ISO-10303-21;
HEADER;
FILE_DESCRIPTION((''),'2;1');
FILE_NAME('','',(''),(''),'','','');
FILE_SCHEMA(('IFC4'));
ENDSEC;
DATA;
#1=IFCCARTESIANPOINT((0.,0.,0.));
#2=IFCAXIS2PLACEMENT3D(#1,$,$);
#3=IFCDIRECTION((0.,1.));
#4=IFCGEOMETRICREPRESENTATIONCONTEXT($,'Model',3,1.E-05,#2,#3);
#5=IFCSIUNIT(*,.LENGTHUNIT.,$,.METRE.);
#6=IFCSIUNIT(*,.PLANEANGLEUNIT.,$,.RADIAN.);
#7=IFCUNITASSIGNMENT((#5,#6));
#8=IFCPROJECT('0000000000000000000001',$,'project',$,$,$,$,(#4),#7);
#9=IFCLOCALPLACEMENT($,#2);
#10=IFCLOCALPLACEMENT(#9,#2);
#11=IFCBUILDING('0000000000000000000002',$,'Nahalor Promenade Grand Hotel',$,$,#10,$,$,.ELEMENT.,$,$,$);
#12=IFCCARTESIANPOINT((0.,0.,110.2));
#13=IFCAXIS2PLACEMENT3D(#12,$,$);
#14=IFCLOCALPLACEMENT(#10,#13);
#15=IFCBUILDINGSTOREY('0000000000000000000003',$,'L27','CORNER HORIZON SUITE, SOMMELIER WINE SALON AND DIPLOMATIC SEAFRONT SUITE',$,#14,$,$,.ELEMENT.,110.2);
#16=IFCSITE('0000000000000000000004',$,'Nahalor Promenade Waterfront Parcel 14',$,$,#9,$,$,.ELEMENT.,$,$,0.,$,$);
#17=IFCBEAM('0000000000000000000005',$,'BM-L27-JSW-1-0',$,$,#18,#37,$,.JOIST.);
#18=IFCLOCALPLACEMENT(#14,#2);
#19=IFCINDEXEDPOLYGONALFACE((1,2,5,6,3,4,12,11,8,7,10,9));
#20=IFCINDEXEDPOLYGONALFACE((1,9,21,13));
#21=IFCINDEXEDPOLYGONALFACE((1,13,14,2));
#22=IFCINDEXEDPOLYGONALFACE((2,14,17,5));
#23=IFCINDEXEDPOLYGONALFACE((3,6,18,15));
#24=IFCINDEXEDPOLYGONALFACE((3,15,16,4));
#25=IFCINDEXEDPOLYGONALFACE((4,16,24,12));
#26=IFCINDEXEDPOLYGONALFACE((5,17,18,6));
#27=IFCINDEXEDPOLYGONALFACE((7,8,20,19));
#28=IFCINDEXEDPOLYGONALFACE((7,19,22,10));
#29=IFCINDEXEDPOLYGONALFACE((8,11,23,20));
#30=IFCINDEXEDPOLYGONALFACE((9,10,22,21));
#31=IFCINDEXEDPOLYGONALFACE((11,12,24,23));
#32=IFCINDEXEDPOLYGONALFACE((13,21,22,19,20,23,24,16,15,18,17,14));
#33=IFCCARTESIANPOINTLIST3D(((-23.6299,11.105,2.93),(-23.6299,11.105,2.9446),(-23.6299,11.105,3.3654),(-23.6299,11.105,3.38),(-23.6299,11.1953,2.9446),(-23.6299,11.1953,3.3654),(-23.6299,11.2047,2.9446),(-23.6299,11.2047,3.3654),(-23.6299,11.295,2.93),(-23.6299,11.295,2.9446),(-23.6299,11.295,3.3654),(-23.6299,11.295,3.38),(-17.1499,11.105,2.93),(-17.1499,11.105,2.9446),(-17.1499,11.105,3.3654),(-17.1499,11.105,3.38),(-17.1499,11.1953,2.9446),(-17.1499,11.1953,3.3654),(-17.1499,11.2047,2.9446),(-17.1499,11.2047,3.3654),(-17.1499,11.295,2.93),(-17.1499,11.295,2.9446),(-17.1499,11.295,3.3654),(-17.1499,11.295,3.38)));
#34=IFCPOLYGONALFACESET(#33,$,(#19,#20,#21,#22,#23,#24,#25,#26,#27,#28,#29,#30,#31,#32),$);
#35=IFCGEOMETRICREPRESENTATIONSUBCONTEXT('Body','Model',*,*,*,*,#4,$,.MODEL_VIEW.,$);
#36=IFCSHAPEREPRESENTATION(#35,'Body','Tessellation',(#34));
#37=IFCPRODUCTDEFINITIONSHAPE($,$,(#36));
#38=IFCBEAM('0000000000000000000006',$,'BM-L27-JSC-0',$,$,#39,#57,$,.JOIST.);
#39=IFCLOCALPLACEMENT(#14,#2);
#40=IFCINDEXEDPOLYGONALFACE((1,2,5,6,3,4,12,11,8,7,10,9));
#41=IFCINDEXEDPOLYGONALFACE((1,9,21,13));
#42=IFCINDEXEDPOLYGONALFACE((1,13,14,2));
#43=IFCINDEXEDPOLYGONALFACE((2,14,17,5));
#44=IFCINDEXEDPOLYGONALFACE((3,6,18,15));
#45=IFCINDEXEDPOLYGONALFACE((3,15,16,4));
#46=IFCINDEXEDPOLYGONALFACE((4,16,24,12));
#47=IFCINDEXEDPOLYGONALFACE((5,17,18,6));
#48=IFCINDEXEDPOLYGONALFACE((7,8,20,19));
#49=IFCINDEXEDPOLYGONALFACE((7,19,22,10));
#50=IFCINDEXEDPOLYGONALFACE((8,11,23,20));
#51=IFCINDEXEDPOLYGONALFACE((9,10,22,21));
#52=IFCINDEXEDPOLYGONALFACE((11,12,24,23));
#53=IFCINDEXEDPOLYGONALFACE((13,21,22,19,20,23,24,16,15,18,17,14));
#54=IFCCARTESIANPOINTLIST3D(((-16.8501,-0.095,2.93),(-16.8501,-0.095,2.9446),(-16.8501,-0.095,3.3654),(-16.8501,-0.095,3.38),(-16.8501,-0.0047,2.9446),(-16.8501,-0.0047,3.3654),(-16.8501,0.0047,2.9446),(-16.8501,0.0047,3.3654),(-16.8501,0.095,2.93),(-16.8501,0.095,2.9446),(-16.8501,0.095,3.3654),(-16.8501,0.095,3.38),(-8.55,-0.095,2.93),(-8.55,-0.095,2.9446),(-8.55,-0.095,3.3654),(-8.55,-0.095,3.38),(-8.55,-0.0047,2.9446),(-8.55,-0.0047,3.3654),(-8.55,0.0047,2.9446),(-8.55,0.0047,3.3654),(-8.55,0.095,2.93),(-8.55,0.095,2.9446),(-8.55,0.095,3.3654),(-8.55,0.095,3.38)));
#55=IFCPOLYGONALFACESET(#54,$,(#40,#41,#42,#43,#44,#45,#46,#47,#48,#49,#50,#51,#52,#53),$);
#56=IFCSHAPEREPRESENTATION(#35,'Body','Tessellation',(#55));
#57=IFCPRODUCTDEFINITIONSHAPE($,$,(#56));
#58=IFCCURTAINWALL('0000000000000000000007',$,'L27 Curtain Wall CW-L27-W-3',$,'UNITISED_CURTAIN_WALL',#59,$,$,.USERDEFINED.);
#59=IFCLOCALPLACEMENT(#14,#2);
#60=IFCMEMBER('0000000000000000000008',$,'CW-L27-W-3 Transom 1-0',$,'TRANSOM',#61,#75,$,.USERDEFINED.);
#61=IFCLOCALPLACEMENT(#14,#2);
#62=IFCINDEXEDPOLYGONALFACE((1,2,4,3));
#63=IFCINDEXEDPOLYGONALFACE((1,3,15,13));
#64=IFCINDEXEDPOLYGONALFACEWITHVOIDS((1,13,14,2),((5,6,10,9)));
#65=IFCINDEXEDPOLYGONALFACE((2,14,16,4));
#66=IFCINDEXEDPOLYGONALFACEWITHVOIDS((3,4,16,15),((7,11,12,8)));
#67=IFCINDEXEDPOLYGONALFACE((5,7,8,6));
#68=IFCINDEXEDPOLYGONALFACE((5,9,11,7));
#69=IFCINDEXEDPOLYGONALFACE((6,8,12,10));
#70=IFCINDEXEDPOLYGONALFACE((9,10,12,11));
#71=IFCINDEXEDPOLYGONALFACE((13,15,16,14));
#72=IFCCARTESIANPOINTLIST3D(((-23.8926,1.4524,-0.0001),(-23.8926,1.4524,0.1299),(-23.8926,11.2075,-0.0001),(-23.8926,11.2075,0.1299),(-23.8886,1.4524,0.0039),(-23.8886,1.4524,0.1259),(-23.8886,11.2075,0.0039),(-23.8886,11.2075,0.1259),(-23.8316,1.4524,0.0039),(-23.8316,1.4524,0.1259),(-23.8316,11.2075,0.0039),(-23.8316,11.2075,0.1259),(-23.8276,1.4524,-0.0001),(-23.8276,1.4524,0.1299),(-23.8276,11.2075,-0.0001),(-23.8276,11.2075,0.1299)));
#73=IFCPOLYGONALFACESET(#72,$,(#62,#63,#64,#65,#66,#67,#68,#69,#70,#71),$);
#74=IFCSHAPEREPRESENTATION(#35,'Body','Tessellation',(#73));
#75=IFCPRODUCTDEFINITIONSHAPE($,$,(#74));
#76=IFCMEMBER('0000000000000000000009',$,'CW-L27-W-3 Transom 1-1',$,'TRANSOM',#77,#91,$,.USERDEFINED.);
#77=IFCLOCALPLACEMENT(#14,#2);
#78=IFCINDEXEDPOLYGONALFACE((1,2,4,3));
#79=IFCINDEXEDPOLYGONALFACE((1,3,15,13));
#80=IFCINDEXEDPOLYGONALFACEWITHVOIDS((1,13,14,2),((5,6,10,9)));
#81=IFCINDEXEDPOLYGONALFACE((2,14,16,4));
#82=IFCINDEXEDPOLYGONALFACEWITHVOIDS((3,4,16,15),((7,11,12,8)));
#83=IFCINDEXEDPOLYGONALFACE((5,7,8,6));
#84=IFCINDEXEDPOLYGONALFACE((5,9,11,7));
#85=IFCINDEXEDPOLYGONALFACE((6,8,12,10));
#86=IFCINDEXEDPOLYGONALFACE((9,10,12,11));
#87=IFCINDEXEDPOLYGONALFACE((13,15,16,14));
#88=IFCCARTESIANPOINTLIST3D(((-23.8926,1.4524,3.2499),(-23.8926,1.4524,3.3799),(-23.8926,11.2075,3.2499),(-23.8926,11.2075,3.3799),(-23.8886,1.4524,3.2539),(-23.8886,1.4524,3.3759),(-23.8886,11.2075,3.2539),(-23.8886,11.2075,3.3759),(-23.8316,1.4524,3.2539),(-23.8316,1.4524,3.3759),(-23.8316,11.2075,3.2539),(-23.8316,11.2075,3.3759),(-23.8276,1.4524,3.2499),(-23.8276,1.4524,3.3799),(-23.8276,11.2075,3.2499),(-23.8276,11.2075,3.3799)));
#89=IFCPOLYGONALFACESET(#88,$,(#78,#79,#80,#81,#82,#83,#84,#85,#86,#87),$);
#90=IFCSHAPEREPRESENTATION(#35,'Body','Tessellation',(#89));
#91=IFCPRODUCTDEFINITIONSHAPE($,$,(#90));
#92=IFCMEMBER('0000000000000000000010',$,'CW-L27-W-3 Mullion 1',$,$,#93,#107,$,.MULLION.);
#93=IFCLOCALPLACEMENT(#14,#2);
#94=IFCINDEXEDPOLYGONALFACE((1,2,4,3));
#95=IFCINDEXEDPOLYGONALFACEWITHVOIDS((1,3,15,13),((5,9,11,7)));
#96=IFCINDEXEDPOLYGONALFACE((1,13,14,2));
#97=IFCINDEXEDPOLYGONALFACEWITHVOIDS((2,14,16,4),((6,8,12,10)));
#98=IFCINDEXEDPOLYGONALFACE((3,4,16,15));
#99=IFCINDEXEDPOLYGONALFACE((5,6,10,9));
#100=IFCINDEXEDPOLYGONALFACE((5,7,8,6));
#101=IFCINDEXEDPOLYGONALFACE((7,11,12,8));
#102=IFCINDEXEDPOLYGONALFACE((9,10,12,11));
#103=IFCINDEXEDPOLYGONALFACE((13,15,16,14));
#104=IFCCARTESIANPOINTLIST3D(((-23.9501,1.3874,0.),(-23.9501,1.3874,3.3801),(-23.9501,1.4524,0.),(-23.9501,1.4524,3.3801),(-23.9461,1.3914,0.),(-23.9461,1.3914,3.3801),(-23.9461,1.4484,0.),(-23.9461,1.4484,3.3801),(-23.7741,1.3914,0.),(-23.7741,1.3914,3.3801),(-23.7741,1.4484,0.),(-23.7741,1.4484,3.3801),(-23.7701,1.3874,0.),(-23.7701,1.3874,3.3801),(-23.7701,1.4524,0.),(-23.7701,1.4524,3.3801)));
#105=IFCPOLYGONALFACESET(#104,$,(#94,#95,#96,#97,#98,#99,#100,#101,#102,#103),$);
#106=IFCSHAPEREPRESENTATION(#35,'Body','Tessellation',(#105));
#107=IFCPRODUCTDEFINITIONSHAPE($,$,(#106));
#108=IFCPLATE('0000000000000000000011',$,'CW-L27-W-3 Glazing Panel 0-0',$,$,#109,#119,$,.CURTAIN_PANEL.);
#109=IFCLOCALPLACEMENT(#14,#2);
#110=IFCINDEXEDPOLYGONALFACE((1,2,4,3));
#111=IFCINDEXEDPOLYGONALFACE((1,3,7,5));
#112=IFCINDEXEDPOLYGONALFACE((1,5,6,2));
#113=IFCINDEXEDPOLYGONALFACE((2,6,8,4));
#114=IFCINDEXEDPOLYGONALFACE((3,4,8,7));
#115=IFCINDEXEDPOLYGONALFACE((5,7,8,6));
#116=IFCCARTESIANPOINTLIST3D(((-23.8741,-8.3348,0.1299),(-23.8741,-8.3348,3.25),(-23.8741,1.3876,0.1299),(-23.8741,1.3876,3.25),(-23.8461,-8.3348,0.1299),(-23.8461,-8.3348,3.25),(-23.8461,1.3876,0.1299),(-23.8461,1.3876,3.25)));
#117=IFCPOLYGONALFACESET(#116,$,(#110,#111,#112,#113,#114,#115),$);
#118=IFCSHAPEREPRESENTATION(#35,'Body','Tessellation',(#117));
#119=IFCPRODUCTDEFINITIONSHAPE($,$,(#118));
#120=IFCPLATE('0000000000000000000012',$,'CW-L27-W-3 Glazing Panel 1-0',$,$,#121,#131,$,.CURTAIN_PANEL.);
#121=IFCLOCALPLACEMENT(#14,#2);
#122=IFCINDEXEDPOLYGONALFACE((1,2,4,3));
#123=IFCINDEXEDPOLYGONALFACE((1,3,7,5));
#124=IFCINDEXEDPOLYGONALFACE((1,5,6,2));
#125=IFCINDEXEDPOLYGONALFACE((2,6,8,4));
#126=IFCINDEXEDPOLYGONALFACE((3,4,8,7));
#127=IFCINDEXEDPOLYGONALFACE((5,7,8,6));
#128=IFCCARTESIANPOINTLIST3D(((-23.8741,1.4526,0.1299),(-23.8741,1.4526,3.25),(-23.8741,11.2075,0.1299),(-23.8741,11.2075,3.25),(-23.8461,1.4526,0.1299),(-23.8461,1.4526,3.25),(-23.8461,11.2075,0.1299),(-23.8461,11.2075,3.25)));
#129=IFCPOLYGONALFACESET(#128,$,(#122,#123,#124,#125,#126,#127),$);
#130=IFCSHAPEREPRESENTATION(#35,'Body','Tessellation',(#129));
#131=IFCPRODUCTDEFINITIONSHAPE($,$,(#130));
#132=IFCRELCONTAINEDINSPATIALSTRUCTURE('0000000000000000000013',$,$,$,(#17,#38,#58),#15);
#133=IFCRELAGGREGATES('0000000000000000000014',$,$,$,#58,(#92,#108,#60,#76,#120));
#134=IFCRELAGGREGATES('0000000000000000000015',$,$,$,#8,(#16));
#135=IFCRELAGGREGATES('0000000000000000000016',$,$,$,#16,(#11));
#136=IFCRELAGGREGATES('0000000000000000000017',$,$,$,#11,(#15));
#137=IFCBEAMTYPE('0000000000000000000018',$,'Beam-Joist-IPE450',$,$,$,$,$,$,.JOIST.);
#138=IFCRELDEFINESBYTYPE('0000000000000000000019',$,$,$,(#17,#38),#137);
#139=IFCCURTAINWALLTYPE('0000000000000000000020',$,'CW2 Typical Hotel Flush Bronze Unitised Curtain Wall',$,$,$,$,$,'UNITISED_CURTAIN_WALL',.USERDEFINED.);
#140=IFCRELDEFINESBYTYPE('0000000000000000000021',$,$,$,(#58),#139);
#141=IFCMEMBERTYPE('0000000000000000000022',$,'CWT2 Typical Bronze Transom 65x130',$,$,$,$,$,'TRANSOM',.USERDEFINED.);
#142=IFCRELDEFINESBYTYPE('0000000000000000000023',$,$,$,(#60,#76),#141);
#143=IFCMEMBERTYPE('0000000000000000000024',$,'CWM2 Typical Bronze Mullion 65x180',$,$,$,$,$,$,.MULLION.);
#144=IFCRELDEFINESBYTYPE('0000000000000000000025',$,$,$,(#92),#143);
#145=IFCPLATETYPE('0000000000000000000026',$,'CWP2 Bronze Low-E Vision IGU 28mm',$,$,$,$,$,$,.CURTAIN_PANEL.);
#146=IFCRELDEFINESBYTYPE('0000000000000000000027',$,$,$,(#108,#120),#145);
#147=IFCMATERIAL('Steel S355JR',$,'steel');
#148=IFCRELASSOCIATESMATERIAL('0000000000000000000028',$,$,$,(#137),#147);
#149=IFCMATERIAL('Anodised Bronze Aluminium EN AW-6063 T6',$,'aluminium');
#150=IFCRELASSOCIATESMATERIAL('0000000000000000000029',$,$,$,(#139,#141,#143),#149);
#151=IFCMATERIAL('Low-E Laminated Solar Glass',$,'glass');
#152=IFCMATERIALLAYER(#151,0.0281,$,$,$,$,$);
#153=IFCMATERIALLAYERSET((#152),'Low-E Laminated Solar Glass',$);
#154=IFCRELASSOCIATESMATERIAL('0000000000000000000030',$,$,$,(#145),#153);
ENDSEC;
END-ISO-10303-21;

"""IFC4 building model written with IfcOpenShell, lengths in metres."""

from ifc_helpers import new_model, si_unit, direction, frame, origin, origin_2d, place, context, subcontext, project, spatial, rectangle, hollow_rectangle, i_section, extrude, source, transform, mapped, material, layer, layer_set, material_profile, profile_set, type_object, element, aggregate, save


model = new_model("IFC4")

# Units and contexts
model_context = context("Model", 3, precision=1e-05, world=origin(), true_north=direction((0.0, 1.0)))
body_context = subcontext(model_context, "Body", "Model", "MODEL_VIEW")
ifc_project = project(units=[si_unit("LENGTHUNIT", "METRE"), si_unit("PLANEANGLEUNIT", "RADIAN")], contexts=[model_context])

# Site, building, storey
site_placement = place(None, origin())
site = spatial("IfcSite", under=ifc_project, at=site_placement, Name="Nahalor Promenade Waterfront Parcel 14", CompositionType="ELEMENT", RefElevation=0.0)
building_placement = place(site_placement, origin())
building = spatial("IfcBuilding", under=site, at=building_placement, Name="Nahalor Promenade Grand Hotel", CompositionType="ELEMENT")
storey_placement = place(building_placement, frame((0.0, 0.0, 110.2)))
storey = spatial("IfcBuildingStorey", under=building, at=storey_placement, Name="L27", Description="CORNER HORIZON SUITE, SOMMELIER WINE SALON AND DIPLOMATIC SEAFRONT SUITE", CompositionType="ELEMENT", Elevation=110.2)

# Beams
ifc_material_1 = material(Name="Steel S355JR", Category="steel")
ifc_material_profile_1 = material_profile(ifc_material_1, i_section(OverallWidth=0.19, OverallDepth=0.45, WebThickness=0.0094, FlangeThickness=0.0146, at=origin_2d()), Name="IPE 450")
ifc_profile_set_1 = profile_set([ifc_material_profile_1], Name="Steel S355JR")
beam_type_1 = type_object("IfcBeamType", Name="Beam-Joist-IPE450", PredefinedType="JOIST", material=ifc_profile_set_1)
shared_shape_1 = source(origin(), body_context, "Body", "SweptSolid", [
    extrude(i_section(OverallWidth=0.19, OverallDepth=0.45, WebThickness=0.0094, FlangeThickness=0.0146, at=origin_2d()), origin(), (0.0, 0.0, 1.0), 6.48),
])
beam_1_placement = place(storey_placement, frame((-23.6299, 11.2, 3.155), z_axis=(1.0, 0.0, 0.0), x_axis=(0.0, 1.0, 0.0)))
element("IfcBeam", 1, at=beam_1_placement, inside=storey, type_object=beam_type_1, Name="BM-L27-JSW-1-0", PredefinedType="JOIST", context=body_context, shape_type="MappedRepresentation", body=[
    mapped(shared_shape_1, transform((0.0, 0.0, 0.0), scale=1.0)),
])
shared_shape_2 = source(origin(), body_context, "Body", "SweptSolid", [
    extrude(i_section(OverallWidth=0.19, OverallDepth=0.45, WebThickness=0.0094, FlangeThickness=0.0146, at=origin_2d()), origin(), (0.0, 0.0, 1.0), 8.3),
])
beam_2_placement = place(storey_placement, frame((-16.8501, 0.0, 3.155), z_axis=(1.0, 0.0, 0.0), x_axis=(0.0, 1.0, 0.0)))
element("IfcBeam", 2, at=beam_2_placement, inside=storey, type_object=beam_type_1, Name="BM-L27-JSC-0", PredefinedType="JOIST", context=body_context, shape_type="MappedRepresentation", body=[
    mapped(shared_shape_2, transform((0.0, 0.0, 0.0), scale=1.0)),
])

# Curtain wall, members, plates
ifc_material_2 = material(Name="Anodised Bronze Aluminium EN AW-6063 T6", Category="aluminium")
curtain_wall_type = type_object("IfcCurtainWallType", Name="CW2 Typical Hotel Flush Bronze Unitised Curtain Wall", ElementType="UNITISED_CURTAIN_WALL", PredefinedType="USERDEFINED", material=ifc_material_2)
curtain_wall_placement = place(storey_placement, origin())
curtain_wall = element("IfcCurtainWall", 3, at=curtain_wall_placement, inside=storey, type_object=curtain_wall_type, Name="L27 Curtain Wall CW-L27-W-3", ObjectType="UNITISED_CURTAIN_WALL", PredefinedType="USERDEFINED")
ifc_material_profile_2 = material_profile(ifc_material_2, hollow_rectangle(XDim=0.065, YDim=0.13, WallThickness=0.004, at=origin_2d()), Name="CWT 65x130x4")
ifc_profile_set_2 = profile_set([ifc_material_profile_2], Name="Anodised Bronze Aluminium EN AW-6063 T6")
member_type_1 = type_object("IfcMemberType", Name="CWT2 Typical Bronze Transom 65x130", ElementType="TRANSOM", PredefinedType="USERDEFINED", material=ifc_profile_set_2)
shared_shape_3 = source(origin(), body_context, "Body", "SweptSolid", [
    extrude(hollow_rectangle(XDim=0.065, YDim=0.13, WallThickness=0.004, at=origin_2d()), origin(), (0.0, 0.0, 1.0), 9.7551),
])
member_1_placement = place(storey_placement, frame((-23.8601, 1.4524, 0.0649), z_axis=(0.0, 1.0, 0.0), x_axis=(-1.0, 0.0, 0.0)))
member_1 = element("IfcMember", 4, at=member_1_placement, type_object=member_type_1, Name="CW-L27-W-3 Transom 1-0", ObjectType="TRANSOM", PredefinedType="USERDEFINED", context=body_context, shape_type="MappedRepresentation", body=[
    mapped(shared_shape_3, transform((0.0, 0.0, 0.0), scale=1.0)),
])
member_2_placement = place(storey_placement, frame((-23.8601, 1.4524, 3.3149), z_axis=(0.0, 1.0, 0.0), x_axis=(-1.0, 0.0, 0.0)))
member_2 = element("IfcMember", 5, at=member_2_placement, type_object=member_type_1, Name="CW-L27-W-3 Transom 1-1", ObjectType="TRANSOM", PredefinedType="USERDEFINED", context=body_context, shape_type="MappedRepresentation", body=[
    mapped(shared_shape_3, transform((0.0, 0.0, 0.0), scale=1.0)),
])
ifc_material_profile_3 = material_profile(ifc_material_2, hollow_rectangle(XDim=0.065, YDim=0.18, WallThickness=0.004, at=origin_2d()), Name="CWM 65x180x4")
ifc_profile_set_3 = profile_set([ifc_material_profile_3], Name="Anodised Bronze Aluminium EN AW-6063 T6")
member_type_2 = type_object("IfcMemberType", Name="CWM2 Typical Bronze Mullion 65x180", PredefinedType="MULLION", material=ifc_profile_set_3)
shared_shape_4 = source(origin(), body_context, "Body", "SweptSolid", [
    extrude(hollow_rectangle(XDim=0.065, YDim=0.18, WallThickness=0.004, at=origin_2d()), origin(), (0.0, 0.0, 1.0), 3.3801),
])
member_3_placement = place(storey_placement, frame((-23.8601, 1.4199, 0.0), z_axis=(0.0, 0.0, 1.0), x_axis=(0.0, 1.0, 0.0)))
member_3 = element("IfcMember", 6, at=member_3_placement, type_object=member_type_2, Name="CW-L27-W-3 Mullion 1", PredefinedType="MULLION", context=body_context, shape_type="MappedRepresentation", body=[
    mapped(shared_shape_4, transform((0.0, 0.0, 0.0), scale=1.0)),
])
ifc_material_3 = material(Name="Low-E Laminated Solar Glass", Category="glass")
ifc_layer_1 = layer(ifc_material_3, 0.0281)
ifc_layer_set_1 = layer_set([ifc_layer_1], Name="Low-E Laminated Solar Glass")
plate_type = type_object("IfcPlateType", Name="CWP2 Bronze Low-E Vision IGU 28mm", PredefinedType="CURTAIN_PANEL", material=ifc_layer_set_1)
shared_shape_5 = source(origin(), body_context, "Body", "SweptSolid", [
    extrude(rectangle(XDim=9.7224, YDim=0.0281, at=origin_2d()), origin(), (0.0, 0.0, 1.0), 3.1201),
])
plate_1_placement = place(storey_placement, frame((-23.8601, -3.4736, 0.1299), z_axis=(0.0, 0.0, 1.0), x_axis=(0.0, 1.0, 0.0)))
plate_1 = element("IfcPlate", 7, at=plate_1_placement, type_object=plate_type, Name="CW-L27-W-3 Glazing Panel 0-0", PredefinedType="CURTAIN_PANEL", context=body_context, shape_type="MappedRepresentation", body=[
    mapped(shared_shape_5, transform((0.0, 0.0, 0.0), scale=1.0)),
])
shared_shape_6 = source(origin(), body_context, "Body", "SweptSolid", [
    extrude(rectangle(XDim=9.7549, YDim=0.0281, at=origin_2d()), origin(), (0.0, 0.0, 1.0), 3.1201),
])
plate_2_placement = place(storey_placement, frame((-23.8601, 6.3301, 0.1299), z_axis=(0.0, 0.0, 1.0), x_axis=(0.0, 1.0, 0.0)))
plate_2 = element("IfcPlate", 8, at=plate_2_placement, type_object=plate_type, Name="CW-L27-W-3 Glazing Panel 1-0", PredefinedType="CURTAIN_PANEL", context=body_context, shape_type="MappedRepresentation", body=[
    mapped(shared_shape_6, transform((0.0, 0.0, 0.0), scale=1.0)),
])
aggregate(curtain_wall, [member_3, plate_1, member_1, member_2, plate_2])

save(model, "model.ifc")
